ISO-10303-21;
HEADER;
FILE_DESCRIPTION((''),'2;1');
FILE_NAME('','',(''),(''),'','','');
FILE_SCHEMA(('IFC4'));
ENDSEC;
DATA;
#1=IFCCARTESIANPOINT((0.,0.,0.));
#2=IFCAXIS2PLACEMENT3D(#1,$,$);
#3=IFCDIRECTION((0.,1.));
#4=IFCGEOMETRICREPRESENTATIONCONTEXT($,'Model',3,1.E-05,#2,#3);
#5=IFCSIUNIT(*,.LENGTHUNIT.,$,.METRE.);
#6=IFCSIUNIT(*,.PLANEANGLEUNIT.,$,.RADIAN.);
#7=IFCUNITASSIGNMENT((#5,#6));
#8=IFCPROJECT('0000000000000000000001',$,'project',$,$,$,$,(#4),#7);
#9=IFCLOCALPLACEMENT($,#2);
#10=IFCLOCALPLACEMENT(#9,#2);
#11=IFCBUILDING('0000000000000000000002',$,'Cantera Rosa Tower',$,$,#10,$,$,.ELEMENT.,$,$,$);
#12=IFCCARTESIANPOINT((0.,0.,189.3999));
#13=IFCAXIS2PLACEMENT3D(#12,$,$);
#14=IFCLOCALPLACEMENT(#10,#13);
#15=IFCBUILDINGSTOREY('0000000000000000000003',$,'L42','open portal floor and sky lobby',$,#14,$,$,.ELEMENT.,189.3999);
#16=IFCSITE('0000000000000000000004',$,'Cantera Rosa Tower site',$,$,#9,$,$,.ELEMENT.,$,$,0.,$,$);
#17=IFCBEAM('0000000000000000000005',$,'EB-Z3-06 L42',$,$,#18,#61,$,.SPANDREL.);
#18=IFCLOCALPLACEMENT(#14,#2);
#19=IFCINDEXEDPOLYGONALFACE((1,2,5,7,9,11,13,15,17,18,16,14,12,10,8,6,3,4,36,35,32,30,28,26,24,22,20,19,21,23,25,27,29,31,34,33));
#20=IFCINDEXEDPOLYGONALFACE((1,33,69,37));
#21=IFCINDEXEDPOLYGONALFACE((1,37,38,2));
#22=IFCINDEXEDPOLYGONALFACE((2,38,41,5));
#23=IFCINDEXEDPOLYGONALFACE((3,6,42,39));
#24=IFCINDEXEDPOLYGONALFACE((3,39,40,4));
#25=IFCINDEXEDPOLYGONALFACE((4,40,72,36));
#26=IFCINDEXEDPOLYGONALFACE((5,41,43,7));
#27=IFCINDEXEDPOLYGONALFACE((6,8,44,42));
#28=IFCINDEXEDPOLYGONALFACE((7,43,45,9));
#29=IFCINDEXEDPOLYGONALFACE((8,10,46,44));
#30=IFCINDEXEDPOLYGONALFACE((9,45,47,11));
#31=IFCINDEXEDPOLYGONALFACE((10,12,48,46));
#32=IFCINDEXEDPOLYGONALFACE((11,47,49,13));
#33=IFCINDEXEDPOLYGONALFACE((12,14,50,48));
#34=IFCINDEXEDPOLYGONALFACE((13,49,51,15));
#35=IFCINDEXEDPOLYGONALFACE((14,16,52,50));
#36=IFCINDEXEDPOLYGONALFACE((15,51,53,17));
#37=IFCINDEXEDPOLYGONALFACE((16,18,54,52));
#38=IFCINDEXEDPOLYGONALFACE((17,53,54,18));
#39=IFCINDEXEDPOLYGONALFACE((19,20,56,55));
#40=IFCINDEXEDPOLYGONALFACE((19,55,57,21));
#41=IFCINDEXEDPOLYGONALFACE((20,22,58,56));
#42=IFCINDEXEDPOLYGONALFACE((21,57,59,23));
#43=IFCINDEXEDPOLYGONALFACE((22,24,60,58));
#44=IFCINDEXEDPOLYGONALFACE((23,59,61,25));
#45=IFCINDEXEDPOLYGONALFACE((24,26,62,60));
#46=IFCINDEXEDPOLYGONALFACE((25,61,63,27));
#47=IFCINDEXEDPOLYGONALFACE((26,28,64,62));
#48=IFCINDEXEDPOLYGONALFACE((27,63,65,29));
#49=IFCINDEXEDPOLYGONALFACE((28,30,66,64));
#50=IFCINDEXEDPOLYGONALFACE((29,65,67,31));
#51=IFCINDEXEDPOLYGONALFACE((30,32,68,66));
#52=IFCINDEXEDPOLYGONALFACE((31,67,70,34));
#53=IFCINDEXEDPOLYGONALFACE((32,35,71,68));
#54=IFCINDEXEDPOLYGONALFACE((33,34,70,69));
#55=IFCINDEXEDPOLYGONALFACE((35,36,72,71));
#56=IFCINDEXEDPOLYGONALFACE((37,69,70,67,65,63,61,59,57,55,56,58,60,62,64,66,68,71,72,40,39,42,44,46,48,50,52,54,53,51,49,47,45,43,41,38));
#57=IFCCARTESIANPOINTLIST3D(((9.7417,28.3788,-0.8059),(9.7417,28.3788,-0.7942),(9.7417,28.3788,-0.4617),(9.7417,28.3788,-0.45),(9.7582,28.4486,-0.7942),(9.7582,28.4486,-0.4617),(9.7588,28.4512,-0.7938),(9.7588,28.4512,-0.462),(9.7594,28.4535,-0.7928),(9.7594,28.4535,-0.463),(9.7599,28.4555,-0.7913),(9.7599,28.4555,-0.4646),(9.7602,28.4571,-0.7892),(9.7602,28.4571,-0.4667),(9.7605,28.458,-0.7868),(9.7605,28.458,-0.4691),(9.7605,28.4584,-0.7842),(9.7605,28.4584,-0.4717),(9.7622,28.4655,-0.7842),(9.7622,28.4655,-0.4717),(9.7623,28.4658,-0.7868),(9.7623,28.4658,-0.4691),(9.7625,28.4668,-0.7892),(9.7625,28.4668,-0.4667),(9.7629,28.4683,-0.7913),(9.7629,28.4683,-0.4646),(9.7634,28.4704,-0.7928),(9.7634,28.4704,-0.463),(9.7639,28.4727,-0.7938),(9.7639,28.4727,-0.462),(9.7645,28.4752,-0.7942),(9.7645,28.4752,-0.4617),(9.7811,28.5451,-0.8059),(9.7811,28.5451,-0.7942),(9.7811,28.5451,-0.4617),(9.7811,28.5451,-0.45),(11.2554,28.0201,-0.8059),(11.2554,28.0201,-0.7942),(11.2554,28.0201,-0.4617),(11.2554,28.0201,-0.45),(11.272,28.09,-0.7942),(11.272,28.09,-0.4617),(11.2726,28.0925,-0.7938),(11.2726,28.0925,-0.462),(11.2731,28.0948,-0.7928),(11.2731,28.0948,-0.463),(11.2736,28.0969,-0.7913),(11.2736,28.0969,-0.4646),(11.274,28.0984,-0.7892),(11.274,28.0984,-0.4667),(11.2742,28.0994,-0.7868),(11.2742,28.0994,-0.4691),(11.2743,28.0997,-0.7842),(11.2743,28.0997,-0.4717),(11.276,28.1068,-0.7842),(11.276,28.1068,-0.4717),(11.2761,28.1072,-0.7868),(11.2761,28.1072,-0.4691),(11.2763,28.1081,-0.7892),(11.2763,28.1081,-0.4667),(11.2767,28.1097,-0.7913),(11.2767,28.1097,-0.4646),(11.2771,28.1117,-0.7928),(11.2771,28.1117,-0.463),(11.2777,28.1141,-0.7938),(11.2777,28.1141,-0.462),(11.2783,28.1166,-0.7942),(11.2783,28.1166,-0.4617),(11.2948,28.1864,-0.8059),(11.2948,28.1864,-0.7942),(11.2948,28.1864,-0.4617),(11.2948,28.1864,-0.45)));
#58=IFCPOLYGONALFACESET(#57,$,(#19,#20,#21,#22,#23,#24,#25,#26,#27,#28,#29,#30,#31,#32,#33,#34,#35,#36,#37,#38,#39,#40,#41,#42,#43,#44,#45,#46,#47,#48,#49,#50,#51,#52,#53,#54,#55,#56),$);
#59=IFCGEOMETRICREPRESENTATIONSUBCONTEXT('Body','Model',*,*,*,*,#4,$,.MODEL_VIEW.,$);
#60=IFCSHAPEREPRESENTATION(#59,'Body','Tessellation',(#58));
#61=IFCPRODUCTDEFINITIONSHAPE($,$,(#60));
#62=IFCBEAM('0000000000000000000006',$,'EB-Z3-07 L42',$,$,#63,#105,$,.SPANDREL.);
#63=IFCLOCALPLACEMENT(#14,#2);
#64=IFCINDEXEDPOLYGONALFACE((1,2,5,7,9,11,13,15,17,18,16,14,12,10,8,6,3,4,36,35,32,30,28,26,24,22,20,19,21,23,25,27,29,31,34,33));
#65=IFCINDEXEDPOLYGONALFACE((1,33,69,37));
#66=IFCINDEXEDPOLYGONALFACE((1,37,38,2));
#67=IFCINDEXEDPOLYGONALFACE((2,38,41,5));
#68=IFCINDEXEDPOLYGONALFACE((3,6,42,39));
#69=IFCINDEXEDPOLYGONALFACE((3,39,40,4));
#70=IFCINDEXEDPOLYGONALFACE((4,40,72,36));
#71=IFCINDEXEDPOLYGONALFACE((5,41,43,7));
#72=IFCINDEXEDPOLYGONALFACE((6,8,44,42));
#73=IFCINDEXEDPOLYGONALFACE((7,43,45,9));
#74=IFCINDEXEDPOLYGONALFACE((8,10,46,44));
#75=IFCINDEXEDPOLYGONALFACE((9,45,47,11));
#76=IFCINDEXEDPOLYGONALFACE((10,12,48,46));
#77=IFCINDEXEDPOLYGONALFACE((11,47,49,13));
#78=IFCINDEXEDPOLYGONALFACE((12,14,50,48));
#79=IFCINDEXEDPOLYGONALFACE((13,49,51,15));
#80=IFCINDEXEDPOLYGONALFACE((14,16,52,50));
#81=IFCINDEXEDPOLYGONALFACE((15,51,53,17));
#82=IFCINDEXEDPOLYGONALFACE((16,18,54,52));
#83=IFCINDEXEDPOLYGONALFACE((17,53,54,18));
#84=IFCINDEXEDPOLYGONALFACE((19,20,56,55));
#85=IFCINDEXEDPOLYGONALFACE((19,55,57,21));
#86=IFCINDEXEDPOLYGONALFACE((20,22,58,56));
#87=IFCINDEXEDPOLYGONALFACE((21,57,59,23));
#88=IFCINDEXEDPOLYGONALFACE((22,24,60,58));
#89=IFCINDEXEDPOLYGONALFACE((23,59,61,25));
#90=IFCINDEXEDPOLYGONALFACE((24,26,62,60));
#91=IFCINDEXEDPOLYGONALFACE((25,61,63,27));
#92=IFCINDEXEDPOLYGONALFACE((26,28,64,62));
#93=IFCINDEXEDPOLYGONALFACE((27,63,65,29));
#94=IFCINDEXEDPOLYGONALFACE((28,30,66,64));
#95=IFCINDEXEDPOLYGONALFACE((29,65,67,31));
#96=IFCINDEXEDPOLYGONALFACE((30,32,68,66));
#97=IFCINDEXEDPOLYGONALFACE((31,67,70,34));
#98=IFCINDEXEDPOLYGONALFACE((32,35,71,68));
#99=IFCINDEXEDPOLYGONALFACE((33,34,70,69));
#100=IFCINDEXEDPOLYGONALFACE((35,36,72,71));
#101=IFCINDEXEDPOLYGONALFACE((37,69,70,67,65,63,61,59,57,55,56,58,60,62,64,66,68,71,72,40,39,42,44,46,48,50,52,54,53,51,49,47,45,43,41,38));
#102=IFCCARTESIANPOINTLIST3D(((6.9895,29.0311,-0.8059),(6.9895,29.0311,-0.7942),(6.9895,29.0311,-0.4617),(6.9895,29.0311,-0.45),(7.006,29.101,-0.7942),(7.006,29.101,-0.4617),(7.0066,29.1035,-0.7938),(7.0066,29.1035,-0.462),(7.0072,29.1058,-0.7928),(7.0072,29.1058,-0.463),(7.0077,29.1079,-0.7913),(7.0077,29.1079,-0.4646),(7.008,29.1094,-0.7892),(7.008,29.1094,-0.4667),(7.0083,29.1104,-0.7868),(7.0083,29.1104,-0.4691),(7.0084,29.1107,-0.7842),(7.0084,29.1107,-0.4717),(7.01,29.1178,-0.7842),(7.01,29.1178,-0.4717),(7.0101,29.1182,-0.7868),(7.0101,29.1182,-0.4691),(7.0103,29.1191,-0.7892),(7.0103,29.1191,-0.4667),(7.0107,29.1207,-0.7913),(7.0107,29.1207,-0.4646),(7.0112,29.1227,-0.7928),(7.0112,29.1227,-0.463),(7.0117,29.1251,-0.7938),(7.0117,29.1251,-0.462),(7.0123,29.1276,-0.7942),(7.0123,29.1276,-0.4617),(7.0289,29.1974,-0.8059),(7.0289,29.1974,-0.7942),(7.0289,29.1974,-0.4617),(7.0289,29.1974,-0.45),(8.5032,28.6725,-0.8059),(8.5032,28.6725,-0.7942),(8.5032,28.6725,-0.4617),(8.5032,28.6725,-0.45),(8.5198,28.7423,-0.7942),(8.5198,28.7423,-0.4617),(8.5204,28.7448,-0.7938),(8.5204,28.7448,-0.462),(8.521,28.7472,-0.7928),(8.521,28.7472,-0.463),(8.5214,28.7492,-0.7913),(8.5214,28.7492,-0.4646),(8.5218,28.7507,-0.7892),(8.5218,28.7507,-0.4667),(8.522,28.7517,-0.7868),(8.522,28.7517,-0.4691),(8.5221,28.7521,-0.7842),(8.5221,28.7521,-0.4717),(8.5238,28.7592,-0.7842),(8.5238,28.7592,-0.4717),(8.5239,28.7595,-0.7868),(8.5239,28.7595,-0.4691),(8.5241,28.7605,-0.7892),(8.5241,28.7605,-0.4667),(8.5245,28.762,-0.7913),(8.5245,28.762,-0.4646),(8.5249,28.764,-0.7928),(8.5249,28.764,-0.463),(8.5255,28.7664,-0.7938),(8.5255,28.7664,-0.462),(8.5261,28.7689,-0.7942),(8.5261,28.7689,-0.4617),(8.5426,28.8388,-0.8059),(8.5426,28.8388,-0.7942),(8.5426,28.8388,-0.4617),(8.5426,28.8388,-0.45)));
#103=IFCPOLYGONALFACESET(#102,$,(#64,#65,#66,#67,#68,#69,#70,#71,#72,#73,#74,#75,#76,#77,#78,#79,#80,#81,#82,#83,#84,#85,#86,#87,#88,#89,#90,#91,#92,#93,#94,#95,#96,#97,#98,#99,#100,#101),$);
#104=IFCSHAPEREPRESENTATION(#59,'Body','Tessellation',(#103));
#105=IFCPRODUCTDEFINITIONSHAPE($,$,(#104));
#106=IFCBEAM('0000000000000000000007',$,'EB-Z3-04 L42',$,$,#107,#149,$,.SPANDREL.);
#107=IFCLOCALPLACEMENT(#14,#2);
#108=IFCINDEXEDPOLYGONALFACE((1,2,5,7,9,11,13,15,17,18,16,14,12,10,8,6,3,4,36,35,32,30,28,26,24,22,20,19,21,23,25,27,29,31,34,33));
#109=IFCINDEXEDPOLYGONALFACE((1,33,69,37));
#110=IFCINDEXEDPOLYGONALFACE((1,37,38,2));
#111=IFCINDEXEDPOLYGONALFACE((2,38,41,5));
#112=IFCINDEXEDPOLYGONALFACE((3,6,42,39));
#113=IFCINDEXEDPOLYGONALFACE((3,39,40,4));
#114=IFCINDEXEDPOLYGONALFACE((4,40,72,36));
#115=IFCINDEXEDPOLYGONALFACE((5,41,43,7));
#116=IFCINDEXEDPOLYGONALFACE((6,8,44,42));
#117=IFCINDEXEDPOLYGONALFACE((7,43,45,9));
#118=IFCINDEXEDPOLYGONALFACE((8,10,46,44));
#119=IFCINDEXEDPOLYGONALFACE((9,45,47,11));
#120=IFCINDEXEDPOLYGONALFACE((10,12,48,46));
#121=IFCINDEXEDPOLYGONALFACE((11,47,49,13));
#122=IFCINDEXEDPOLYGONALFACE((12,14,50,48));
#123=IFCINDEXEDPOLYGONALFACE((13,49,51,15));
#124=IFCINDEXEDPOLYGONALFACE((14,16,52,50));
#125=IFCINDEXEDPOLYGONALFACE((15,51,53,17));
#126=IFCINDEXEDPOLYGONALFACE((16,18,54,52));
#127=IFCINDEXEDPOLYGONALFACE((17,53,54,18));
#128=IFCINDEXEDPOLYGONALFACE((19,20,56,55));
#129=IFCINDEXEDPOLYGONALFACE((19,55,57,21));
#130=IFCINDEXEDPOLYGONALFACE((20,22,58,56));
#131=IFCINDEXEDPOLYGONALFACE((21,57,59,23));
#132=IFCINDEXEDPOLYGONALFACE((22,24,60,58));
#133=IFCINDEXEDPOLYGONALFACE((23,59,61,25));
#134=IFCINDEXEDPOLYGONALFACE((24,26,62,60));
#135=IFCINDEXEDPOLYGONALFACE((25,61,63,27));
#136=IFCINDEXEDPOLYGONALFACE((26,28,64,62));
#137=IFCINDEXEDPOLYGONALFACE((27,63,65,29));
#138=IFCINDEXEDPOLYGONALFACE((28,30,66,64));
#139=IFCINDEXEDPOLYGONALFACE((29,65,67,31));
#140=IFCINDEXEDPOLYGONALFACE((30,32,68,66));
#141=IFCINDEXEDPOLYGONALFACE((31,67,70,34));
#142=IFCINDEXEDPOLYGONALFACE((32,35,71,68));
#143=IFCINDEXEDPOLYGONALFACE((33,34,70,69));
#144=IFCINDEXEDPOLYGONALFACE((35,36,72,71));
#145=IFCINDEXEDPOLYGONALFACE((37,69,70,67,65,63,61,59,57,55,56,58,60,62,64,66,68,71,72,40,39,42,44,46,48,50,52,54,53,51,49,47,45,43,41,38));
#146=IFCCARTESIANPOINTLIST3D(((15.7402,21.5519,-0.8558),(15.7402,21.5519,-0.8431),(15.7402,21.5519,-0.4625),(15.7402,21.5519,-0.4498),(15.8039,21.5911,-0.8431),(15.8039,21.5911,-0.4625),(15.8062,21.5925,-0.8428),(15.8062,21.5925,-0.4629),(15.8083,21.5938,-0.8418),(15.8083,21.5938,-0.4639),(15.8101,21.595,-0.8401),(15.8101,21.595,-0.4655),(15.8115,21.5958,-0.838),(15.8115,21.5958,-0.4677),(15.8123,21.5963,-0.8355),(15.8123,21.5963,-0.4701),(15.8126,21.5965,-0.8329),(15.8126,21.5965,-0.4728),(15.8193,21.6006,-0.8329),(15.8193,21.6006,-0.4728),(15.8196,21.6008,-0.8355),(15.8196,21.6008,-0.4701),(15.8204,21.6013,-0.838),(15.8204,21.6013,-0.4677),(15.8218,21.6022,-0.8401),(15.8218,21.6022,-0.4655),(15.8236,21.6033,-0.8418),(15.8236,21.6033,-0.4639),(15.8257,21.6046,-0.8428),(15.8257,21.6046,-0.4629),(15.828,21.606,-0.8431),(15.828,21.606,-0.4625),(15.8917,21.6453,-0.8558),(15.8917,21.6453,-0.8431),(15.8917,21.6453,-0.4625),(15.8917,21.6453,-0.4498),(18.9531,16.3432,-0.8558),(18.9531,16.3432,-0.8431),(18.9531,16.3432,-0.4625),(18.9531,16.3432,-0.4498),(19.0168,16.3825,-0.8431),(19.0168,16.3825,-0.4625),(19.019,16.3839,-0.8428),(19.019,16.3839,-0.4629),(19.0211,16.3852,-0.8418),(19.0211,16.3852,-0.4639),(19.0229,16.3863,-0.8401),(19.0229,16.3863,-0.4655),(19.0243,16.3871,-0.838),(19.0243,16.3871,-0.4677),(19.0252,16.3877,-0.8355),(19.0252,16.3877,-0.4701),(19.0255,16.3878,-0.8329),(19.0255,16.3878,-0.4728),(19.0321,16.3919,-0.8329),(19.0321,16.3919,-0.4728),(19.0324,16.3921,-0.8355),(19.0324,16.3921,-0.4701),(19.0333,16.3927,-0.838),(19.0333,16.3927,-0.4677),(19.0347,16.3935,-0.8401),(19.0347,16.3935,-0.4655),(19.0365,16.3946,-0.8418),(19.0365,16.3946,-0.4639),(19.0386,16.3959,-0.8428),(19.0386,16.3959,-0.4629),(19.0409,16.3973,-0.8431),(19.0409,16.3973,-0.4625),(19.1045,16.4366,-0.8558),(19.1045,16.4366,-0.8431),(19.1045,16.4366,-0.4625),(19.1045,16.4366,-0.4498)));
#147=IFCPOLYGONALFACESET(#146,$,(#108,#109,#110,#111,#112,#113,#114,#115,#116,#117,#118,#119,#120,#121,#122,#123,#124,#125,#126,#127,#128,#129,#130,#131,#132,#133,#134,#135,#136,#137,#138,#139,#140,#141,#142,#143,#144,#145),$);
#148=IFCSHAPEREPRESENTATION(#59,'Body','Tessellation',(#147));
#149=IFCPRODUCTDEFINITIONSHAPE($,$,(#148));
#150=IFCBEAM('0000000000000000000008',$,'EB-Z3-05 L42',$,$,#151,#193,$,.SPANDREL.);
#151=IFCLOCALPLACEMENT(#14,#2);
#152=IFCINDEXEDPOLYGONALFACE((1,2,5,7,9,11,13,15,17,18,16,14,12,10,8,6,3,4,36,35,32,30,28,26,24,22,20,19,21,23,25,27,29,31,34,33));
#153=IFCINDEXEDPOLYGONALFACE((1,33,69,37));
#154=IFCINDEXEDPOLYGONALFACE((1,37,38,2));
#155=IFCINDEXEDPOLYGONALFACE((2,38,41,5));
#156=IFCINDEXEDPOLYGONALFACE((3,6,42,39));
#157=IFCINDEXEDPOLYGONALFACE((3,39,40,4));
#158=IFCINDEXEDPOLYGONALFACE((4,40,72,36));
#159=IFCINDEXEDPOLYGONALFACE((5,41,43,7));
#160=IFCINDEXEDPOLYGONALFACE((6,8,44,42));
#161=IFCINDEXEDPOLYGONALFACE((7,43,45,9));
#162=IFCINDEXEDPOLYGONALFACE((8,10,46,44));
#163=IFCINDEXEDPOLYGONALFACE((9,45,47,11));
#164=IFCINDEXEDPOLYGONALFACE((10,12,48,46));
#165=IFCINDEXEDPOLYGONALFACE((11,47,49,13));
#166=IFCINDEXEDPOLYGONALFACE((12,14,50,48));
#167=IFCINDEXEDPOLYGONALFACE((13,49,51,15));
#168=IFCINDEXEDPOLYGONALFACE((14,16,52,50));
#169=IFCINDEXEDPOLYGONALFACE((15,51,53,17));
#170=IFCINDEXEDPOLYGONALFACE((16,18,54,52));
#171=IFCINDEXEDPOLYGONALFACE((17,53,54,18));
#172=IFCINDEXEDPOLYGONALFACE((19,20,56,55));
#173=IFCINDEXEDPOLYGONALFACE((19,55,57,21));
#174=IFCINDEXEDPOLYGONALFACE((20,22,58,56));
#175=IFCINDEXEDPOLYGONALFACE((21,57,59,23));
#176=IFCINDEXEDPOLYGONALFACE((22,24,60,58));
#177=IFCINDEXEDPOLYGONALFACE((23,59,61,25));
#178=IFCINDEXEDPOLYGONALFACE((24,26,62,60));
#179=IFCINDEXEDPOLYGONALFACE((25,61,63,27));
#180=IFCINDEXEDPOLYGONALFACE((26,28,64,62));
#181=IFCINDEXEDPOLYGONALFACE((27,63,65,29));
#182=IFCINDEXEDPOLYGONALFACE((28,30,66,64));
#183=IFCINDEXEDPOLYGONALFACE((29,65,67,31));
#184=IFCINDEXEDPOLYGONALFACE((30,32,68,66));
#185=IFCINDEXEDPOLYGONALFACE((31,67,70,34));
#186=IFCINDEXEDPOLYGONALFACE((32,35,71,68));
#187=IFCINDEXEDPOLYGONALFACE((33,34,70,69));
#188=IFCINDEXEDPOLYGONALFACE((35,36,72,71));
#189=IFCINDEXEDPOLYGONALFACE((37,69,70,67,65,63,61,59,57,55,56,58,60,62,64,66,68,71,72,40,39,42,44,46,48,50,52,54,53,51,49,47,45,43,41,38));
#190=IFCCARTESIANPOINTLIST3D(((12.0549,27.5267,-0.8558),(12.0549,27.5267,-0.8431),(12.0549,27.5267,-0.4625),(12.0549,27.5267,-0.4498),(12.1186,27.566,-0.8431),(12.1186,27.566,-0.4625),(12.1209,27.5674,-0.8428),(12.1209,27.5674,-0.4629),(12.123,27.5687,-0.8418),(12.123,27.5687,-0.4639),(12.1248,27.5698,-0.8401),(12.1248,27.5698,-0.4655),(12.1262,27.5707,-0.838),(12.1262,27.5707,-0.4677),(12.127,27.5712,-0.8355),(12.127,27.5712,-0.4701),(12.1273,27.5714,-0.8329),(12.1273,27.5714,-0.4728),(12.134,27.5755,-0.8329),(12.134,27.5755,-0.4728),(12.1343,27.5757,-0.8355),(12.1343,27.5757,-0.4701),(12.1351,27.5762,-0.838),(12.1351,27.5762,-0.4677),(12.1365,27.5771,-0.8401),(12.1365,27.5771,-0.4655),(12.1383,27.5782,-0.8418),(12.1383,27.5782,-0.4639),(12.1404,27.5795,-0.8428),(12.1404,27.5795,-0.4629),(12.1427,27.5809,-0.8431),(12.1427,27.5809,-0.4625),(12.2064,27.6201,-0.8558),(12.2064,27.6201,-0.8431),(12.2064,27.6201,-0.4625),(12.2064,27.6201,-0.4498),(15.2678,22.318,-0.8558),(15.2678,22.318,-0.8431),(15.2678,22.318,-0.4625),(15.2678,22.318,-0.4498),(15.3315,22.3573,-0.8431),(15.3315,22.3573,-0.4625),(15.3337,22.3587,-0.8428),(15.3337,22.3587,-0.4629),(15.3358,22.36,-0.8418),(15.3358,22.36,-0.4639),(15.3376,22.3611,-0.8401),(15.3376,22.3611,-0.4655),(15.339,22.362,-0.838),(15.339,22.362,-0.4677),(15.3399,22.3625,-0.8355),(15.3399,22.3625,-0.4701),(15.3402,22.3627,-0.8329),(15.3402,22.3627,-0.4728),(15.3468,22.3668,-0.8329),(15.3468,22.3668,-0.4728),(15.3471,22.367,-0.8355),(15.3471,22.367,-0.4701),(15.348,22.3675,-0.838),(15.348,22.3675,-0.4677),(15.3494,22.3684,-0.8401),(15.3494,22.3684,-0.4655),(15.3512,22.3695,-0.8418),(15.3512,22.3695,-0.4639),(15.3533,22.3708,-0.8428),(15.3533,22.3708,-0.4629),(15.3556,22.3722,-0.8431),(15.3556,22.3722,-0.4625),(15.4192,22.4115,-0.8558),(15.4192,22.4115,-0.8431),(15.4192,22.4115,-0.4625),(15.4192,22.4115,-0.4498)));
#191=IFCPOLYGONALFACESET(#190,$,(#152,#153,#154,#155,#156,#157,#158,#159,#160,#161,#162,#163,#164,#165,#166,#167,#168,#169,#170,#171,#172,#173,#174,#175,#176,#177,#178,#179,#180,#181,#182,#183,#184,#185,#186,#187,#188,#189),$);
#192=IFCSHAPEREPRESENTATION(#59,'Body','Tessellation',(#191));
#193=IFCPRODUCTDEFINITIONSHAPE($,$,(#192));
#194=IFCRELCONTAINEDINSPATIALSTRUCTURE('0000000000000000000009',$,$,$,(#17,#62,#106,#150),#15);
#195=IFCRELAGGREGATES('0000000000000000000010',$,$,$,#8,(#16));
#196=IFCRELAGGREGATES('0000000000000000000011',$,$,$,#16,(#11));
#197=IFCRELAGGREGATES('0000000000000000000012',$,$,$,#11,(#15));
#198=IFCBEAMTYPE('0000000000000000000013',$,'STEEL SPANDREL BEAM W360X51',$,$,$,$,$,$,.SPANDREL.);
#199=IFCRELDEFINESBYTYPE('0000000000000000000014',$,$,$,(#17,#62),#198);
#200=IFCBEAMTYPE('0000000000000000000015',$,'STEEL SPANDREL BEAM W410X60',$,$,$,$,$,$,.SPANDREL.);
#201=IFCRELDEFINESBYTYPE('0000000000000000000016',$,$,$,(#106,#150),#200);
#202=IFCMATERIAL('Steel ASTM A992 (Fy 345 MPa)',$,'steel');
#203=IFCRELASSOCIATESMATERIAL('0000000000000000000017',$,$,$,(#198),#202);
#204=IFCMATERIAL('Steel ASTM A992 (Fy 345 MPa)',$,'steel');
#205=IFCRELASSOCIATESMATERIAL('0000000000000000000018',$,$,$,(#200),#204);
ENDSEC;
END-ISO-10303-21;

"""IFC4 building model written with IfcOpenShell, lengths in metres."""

from ifc_helpers import new_model, si_unit, direction, frame, origin, origin_2d, place, context, subcontext, project, spatial, i_section, extrude, material, material_profile, profile_set, type_object, element, save


model = new_model("IFC4")

# Units and contexts
model_context = context("Model", 3, precision=1e-05, world=origin(), true_north=direction((0.0, 1.0)))
body_context = subcontext(model_context, "Body", "Model", "MODEL_VIEW")
ifc_project = project(units=[si_unit("LENGTHUNIT", "METRE"), si_unit("PLANEANGLEUNIT", "RADIAN")], contexts=[model_context])

# Site, building, storey
site_placement = place(None, origin())
site = spatial("IfcSite", under=ifc_project, at=site_placement, Name="Cantera Rosa Tower site", CompositionType="ELEMENT", RefElevation=0.0)
building_placement = place(site_placement, origin())
building = spatial("IfcBuilding", under=site, at=building_placement, Name="Cantera Rosa Tower", CompositionType="ELEMENT")
storey_placement = place(building_placement, frame((0.0, 0.0, 189.3999)))
storey = spatial("IfcBuildingStorey", under=building, at=storey_placement, Name="L42", Description="open portal floor and sky lobby", CompositionType="ELEMENT", Elevation=189.3999)

# Beams
ifc_material_1 = material(Name="Steel ASTM A992 (Fy 345 MPa)", Category="steel")
ifc_material_profile_1 = material_profile(ifc_material_1, i_section(OverallWidth=0.1709, OverallDepth=0.356, WebThickness=0.0073, FlangeThickness=0.0117, FilletRadius=0.01, at=origin_2d()), Name="W360X51")
ifc_profile_set_1 = profile_set([ifc_material_profile_1], Name="Steel ASTM A992 (Fy 345 MPa)")
beam_type_1 = type_object("IfcBeamType", Name="STEEL SPANDREL BEAM W360X51", PredefinedType="SPANDREL", material=ifc_profile_set_1)
for number, where, z_axis, x_axis, name in (
    (1, (11.2751, 28.1033, -0.6279), (-0.97306, 0.230552, 0.0), (-0.230552, -0.97306, 0.0), "EB-Z3-06 L42"),
    (2, (8.5229, 28.7556, -0.6279), (-0.97306, 0.230552, 0.0), (-0.230552, -0.97306, 0.0), "EB-Z3-07 L42"),
):
    element("IfcBeam", number, at=place(storey_placement, frame(where, z_axis=z_axis, x_axis=x_axis)), inside=storey, type_object=beam_type_1, Name=name, PredefinedType="SPANDREL", context=body_context, shape_type="SweptSolid", body=[
        extrude(i_section(OverallWidth=0.1709, OverallDepth=0.356, WebThickness=0.0073, FlangeThickness=0.0117, FilletRadius=0.01, at=origin_2d()), origin(), (0.0, 0.0, 1.0), 1.5557),
    ])
ifc_material_2 = material(Name="Steel ASTM A992 (Fy 345 MPa)", Category="steel")
ifc_material_profile_2 = material_profile(ifc_material_2, i_section(OverallWidth=0.178, OverallDepth=0.406, WebThickness=0.0078, FlangeThickness=0.0127, FilletRadius=0.0103, at=origin_2d()), Name="W410X60")
ifc_profile_set_2 = profile_set([ifc_material_profile_2], Name="Steel ASTM A992 (Fy 345 MPa)")
beam_type_2 = type_object("IfcBeamType", Name="STEEL SPANDREL BEAM W410X60", PredefinedType="SPANDREL", material=ifc_profile_set_2)
for number, where, z_axis, x_axis, name in (
    (3, (19.0288, 16.3899, -0.6528), (-0.524987, 0.85111, 0.0), (-0.85111, -0.524987, 0.0), "EB-Z3-04 L42"),
    (4, (15.3435, 22.3647, -0.6528), (-0.524987, 0.85111, 0.0), (-0.85111, -0.524987, 0.0), "EB-Z3-05 L42"),
):
    element("IfcBeam", number, at=place(storey_placement, frame(where, z_axis=z_axis, x_axis=x_axis)), inside=storey, type_object=beam_type_2, Name=name, PredefinedType="SPANDREL", context=body_context, shape_type="SweptSolid", body=[
        extrude(i_section(OverallWidth=0.178, OverallDepth=0.406, WebThickness=0.0078, FlangeThickness=0.0127, FilletRadius=0.0103, at=origin_2d()), origin(), (0.0, 0.0, 1.0), 6.1199),
    ])

save(model, "model.ifc")
